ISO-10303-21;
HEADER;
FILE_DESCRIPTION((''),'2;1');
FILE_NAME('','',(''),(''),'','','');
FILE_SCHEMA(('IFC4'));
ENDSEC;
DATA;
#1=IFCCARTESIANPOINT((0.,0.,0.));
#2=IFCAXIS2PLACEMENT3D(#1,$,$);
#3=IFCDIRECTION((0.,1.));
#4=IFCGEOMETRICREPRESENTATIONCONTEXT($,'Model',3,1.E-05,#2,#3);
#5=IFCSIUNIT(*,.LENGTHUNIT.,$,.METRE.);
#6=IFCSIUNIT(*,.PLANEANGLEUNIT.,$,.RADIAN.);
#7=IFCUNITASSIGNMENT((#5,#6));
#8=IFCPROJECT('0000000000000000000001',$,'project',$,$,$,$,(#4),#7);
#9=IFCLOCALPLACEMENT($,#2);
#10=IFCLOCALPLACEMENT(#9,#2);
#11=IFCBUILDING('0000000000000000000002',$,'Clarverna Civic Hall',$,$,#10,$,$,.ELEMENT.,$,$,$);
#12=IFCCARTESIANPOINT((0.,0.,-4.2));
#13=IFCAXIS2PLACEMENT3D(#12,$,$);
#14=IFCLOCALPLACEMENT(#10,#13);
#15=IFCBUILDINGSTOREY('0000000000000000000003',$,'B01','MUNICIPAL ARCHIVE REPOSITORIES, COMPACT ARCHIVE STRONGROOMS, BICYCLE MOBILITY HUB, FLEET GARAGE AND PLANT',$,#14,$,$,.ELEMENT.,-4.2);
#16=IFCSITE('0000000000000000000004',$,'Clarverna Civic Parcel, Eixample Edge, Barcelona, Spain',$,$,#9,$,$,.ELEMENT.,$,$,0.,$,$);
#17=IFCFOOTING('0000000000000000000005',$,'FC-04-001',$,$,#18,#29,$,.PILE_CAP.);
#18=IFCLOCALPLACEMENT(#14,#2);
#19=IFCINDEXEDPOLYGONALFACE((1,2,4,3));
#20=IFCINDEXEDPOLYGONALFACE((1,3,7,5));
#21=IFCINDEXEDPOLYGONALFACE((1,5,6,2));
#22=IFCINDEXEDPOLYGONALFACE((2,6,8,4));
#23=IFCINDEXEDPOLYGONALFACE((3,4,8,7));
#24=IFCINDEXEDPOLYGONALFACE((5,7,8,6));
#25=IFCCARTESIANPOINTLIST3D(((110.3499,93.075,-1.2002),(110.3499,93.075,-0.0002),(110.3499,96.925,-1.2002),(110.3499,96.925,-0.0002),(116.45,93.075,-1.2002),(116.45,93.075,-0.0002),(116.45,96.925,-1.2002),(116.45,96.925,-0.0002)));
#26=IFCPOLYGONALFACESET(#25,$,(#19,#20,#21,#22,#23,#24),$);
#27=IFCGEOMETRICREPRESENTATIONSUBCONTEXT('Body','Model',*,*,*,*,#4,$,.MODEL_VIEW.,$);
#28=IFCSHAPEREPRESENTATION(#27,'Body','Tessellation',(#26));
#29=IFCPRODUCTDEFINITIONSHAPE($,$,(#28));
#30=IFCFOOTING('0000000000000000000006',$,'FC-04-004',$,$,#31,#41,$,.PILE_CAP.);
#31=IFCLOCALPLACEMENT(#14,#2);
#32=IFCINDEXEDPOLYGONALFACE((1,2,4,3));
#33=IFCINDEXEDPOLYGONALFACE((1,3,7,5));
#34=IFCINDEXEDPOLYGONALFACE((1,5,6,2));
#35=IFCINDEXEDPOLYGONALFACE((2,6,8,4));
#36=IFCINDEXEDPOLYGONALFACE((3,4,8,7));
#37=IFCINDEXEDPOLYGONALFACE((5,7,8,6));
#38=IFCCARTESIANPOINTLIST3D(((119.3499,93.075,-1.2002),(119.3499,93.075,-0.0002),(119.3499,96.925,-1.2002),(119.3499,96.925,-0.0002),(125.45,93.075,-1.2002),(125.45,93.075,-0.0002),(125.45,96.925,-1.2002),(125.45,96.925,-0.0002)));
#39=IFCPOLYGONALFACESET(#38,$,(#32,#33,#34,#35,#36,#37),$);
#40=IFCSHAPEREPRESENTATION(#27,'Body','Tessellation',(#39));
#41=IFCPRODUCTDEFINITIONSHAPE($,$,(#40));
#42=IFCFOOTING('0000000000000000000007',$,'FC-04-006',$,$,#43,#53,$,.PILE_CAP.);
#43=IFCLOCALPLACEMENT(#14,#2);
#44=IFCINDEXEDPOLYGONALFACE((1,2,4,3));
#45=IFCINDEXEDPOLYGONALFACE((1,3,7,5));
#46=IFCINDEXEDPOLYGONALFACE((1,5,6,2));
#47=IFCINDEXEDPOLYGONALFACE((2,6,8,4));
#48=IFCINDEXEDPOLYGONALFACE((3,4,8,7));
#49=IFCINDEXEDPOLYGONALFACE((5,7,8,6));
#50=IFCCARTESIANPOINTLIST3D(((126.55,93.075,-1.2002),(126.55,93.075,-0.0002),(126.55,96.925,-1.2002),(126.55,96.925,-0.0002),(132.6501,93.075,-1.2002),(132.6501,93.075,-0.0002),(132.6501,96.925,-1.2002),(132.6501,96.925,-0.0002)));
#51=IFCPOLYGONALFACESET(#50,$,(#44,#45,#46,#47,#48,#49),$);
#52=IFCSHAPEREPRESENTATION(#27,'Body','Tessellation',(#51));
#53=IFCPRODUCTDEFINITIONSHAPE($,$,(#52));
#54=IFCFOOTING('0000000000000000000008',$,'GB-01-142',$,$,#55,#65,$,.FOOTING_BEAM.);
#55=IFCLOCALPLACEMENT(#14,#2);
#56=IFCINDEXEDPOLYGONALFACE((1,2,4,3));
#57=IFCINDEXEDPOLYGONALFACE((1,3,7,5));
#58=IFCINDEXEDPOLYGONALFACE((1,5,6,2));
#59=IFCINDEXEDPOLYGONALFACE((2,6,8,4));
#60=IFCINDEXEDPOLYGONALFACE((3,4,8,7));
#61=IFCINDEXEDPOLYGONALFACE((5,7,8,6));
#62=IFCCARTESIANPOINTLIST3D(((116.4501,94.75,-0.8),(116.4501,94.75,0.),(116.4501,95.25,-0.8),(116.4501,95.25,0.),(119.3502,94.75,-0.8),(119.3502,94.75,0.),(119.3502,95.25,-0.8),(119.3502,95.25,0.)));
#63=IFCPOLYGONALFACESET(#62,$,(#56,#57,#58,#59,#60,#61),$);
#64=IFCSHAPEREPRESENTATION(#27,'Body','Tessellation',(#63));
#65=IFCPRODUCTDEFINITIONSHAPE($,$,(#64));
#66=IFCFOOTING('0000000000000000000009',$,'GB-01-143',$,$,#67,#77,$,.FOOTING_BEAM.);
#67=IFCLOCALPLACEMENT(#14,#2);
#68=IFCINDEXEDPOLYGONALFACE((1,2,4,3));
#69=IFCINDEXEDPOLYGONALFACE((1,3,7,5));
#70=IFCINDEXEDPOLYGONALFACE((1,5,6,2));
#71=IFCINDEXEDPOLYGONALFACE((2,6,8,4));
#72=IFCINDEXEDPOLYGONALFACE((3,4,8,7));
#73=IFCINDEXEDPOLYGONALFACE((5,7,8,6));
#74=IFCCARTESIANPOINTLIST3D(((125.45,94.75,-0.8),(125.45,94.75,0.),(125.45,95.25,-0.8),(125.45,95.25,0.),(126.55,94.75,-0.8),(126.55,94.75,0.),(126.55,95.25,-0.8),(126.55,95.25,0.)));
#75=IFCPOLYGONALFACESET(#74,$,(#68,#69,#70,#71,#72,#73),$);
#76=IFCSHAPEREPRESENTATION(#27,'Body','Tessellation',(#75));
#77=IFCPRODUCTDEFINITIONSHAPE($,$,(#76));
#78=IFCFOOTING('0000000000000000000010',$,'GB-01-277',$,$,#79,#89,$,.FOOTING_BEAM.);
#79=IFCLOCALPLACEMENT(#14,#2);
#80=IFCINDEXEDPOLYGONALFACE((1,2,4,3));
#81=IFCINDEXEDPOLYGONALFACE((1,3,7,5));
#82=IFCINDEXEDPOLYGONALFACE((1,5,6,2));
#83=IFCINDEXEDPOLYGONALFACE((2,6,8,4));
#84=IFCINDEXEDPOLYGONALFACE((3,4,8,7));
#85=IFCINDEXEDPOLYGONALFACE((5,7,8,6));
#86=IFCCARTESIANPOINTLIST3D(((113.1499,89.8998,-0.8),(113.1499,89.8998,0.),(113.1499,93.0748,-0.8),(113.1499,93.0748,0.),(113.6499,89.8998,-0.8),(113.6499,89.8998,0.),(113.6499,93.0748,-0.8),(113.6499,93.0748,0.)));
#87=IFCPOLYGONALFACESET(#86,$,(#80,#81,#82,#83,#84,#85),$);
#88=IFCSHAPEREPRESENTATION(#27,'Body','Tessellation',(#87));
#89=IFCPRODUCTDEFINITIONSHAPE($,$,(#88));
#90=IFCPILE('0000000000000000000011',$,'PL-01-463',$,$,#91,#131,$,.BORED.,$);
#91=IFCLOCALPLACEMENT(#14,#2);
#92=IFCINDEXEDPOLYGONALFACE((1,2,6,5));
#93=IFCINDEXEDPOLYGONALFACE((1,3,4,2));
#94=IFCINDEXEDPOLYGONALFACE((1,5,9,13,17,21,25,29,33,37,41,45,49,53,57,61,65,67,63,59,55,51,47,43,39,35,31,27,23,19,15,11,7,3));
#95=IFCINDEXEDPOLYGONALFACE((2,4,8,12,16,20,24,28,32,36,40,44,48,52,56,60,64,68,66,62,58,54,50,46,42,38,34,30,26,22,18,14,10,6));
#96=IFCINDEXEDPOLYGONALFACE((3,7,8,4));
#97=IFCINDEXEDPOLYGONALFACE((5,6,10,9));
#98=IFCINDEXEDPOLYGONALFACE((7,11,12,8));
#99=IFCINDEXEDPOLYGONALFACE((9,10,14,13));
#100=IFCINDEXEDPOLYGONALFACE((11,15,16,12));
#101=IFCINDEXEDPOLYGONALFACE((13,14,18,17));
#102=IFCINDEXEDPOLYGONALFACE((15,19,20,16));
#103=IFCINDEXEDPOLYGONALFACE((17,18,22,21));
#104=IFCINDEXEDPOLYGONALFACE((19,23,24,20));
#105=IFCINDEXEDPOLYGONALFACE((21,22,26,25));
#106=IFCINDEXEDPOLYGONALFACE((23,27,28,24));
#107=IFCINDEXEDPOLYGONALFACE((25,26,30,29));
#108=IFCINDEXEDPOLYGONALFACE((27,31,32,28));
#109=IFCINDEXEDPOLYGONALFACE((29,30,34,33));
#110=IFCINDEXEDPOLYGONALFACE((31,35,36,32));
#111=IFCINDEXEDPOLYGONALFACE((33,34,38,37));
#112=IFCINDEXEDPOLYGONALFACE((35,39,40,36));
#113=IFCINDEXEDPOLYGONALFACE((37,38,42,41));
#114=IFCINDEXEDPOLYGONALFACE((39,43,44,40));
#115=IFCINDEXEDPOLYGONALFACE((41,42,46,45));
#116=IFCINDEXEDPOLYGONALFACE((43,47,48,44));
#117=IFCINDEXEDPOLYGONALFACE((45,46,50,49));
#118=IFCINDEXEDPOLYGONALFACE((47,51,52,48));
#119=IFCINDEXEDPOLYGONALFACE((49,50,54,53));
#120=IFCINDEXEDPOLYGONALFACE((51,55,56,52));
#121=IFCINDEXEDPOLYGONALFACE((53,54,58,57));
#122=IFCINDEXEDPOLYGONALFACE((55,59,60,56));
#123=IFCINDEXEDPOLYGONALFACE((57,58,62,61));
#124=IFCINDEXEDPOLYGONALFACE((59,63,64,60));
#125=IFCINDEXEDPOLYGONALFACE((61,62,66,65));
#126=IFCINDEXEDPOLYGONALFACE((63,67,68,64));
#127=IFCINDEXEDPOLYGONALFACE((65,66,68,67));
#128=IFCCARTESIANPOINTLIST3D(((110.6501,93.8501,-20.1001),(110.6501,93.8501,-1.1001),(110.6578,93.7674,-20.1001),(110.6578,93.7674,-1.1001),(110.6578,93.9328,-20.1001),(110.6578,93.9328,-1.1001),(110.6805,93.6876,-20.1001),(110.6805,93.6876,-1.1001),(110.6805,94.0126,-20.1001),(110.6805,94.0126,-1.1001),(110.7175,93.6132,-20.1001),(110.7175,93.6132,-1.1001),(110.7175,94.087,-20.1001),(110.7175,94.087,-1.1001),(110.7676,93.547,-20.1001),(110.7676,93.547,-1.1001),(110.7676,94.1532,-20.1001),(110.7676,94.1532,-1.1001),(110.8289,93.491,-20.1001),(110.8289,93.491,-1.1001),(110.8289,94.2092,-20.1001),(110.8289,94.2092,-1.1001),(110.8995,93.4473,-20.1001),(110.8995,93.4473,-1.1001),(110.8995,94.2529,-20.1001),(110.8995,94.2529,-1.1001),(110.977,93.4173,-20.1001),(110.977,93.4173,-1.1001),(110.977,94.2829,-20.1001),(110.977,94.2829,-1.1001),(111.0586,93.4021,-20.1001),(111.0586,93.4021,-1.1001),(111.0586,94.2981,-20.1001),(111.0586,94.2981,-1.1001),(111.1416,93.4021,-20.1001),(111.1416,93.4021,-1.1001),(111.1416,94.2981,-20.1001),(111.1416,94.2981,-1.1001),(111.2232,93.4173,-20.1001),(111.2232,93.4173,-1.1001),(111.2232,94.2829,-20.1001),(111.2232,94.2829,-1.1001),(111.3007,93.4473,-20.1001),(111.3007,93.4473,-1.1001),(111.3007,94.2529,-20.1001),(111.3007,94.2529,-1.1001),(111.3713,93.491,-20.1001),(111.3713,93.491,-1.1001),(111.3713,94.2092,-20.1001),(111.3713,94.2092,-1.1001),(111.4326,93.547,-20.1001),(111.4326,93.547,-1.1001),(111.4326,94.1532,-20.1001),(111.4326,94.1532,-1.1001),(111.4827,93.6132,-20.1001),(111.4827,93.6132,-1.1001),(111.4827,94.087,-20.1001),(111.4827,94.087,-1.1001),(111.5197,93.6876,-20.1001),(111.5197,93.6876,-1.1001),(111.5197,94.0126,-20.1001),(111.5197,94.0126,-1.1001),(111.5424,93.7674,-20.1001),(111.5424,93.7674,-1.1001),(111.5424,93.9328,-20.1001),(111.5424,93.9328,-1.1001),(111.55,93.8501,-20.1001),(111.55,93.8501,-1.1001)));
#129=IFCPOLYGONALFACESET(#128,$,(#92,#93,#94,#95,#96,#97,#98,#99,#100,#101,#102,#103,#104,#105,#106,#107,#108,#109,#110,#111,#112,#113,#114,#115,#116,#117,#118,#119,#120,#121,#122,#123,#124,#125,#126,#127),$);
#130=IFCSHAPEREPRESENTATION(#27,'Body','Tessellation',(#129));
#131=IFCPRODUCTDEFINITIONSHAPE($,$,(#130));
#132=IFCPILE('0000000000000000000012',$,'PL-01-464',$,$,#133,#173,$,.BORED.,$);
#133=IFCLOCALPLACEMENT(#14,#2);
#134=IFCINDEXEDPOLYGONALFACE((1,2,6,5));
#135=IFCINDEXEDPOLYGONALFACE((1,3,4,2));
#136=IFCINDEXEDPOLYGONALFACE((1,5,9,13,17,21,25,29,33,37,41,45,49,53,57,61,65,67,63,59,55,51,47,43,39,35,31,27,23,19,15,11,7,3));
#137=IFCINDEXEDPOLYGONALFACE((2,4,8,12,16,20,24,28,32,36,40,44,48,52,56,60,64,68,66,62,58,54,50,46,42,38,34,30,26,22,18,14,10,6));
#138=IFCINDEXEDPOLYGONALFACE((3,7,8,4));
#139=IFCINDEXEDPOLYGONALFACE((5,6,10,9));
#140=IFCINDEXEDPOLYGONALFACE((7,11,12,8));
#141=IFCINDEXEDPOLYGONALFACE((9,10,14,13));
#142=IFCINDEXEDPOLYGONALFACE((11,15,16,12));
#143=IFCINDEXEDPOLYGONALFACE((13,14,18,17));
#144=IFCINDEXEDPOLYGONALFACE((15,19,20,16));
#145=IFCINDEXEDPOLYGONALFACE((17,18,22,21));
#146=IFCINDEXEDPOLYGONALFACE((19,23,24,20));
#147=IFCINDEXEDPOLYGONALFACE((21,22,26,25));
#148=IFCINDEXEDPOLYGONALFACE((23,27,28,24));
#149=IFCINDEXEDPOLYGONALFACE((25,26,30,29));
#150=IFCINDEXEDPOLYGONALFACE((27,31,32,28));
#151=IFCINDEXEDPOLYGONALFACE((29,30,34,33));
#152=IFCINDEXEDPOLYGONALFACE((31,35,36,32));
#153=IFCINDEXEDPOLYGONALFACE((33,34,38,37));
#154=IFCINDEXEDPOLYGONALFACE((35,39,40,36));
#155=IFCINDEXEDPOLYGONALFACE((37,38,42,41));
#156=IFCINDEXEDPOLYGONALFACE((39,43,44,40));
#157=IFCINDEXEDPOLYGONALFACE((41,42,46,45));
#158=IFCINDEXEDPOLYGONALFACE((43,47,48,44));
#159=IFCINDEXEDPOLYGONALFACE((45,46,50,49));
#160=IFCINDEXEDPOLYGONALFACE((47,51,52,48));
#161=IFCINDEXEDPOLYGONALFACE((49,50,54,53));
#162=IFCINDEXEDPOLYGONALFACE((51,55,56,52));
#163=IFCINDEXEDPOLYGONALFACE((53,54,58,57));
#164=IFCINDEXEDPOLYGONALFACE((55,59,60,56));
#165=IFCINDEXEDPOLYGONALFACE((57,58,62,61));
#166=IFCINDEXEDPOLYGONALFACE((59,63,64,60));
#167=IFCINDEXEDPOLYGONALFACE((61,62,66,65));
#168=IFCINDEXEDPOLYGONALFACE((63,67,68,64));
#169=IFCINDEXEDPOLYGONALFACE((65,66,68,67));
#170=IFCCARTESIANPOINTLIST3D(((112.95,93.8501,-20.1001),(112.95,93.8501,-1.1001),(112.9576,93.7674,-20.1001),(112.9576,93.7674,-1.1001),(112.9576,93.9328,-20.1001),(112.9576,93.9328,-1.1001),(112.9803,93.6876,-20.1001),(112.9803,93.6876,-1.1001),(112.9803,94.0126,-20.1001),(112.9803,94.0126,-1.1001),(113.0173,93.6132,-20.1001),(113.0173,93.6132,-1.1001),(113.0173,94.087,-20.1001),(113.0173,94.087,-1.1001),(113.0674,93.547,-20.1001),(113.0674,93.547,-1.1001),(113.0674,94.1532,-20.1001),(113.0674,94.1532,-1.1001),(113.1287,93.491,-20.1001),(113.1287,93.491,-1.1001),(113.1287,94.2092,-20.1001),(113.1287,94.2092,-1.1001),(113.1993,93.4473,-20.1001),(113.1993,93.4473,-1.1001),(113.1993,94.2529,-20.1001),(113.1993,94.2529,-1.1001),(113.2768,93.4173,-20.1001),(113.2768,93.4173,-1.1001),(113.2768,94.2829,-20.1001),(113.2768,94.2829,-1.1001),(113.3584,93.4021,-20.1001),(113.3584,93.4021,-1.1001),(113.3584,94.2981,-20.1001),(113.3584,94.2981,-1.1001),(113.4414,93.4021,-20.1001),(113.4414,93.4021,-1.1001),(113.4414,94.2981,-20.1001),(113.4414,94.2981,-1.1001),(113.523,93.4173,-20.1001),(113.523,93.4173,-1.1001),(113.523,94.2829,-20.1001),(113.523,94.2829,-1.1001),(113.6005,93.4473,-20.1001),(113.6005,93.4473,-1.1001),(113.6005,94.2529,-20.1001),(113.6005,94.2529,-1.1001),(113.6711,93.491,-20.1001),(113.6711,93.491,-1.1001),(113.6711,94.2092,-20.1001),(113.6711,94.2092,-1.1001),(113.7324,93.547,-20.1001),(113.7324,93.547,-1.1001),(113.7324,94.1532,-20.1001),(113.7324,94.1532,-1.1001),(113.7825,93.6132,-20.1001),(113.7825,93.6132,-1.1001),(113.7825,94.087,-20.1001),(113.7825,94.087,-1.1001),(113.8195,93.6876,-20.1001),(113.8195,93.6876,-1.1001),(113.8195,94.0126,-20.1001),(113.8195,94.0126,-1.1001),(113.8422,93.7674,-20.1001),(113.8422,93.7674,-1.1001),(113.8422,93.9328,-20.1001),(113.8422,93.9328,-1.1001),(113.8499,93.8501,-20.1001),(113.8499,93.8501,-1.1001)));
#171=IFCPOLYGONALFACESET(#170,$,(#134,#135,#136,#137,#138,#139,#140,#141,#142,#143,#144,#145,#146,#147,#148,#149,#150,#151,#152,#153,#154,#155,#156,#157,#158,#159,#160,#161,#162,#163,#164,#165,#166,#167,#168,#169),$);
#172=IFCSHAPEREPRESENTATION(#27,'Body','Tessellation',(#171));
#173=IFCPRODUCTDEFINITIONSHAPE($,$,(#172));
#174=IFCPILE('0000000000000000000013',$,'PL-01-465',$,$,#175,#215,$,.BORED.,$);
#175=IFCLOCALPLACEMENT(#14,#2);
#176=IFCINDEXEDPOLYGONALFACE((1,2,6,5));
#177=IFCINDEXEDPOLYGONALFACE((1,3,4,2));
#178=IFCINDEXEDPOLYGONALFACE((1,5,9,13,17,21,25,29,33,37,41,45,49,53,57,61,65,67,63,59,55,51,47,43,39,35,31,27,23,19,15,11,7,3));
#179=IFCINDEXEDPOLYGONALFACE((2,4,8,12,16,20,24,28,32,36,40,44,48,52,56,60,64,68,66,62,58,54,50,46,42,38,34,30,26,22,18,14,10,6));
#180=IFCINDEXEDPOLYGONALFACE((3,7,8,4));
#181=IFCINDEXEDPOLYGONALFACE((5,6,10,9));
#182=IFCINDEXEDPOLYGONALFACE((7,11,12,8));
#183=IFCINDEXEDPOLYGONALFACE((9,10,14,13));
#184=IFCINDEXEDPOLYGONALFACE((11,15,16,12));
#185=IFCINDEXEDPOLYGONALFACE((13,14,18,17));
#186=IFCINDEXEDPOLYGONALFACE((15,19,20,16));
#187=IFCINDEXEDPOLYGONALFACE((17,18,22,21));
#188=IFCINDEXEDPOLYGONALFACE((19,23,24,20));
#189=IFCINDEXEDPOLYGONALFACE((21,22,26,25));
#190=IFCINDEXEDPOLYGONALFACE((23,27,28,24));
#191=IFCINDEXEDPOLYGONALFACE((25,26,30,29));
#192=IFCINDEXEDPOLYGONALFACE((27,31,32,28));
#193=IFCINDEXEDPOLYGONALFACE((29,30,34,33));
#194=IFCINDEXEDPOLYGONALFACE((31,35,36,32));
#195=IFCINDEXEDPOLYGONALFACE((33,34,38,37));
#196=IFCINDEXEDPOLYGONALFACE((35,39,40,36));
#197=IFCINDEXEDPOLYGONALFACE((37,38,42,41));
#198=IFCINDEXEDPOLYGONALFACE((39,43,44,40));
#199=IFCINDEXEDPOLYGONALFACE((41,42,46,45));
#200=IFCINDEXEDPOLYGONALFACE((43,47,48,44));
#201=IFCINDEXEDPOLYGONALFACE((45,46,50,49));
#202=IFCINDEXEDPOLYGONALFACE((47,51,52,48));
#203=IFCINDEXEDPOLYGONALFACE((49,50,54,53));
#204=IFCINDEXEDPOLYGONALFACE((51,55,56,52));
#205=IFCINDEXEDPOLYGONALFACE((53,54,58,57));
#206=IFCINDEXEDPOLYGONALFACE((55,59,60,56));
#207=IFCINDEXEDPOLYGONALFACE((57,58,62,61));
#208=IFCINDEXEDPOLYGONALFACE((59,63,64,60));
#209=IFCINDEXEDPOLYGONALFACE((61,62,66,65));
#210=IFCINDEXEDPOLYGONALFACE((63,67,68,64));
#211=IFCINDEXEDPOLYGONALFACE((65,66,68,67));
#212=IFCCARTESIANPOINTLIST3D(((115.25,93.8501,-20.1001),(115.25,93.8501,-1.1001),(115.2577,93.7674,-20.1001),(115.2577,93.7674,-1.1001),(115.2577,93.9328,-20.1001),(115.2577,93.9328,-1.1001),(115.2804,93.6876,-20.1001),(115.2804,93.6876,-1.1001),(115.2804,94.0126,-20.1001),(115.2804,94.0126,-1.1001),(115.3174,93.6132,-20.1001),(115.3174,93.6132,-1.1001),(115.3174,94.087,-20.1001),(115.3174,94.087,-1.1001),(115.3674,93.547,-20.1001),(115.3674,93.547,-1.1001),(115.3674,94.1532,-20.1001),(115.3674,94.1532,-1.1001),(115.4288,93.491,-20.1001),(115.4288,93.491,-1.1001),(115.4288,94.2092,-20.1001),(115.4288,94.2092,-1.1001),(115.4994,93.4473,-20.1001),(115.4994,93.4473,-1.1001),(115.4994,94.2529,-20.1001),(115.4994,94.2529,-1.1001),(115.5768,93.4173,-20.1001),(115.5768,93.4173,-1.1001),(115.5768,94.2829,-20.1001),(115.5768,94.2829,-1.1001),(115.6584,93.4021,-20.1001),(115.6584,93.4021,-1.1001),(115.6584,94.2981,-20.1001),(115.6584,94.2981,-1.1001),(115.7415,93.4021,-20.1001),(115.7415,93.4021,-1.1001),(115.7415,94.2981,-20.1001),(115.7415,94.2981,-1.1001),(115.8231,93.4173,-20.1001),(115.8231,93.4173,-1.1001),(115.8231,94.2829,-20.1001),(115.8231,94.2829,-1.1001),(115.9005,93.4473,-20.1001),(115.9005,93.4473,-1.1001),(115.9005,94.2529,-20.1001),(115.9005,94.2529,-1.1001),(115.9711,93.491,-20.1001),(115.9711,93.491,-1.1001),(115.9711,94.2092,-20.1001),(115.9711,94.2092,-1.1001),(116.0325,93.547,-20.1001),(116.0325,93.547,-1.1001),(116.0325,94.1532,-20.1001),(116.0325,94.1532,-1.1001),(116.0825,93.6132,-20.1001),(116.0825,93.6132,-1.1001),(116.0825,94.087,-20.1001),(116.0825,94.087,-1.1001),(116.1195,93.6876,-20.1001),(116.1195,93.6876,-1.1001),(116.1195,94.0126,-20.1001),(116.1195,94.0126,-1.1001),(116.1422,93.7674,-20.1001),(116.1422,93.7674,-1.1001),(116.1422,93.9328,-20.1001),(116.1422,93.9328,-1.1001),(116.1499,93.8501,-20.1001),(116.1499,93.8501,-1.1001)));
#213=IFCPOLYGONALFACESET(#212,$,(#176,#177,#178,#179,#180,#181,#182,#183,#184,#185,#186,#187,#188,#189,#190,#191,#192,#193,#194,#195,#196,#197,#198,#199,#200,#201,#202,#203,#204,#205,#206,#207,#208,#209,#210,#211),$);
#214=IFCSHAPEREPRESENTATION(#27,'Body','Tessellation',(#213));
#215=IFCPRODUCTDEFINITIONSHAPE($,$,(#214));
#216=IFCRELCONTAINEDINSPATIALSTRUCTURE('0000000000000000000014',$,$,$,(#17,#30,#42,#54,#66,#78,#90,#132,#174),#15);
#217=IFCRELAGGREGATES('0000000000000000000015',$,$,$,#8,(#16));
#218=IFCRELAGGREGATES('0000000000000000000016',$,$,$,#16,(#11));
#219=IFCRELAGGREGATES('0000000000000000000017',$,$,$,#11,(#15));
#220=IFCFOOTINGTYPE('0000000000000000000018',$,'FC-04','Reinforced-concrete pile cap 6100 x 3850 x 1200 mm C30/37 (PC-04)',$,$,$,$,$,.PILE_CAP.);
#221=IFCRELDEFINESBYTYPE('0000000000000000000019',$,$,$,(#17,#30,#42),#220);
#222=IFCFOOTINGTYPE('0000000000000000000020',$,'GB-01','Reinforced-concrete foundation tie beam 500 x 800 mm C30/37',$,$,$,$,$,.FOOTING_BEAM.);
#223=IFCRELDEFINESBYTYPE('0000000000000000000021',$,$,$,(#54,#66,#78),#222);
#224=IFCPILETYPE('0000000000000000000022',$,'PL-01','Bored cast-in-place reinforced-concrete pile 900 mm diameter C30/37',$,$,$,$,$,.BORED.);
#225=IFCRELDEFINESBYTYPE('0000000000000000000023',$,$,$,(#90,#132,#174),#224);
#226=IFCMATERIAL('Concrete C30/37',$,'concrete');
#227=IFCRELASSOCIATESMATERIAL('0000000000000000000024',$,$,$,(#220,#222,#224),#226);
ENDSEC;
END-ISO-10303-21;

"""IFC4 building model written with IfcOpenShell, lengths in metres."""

from ifc_helpers import new_model, si_unit, direction, frame, frame_2d, origin, origin_2d, place, context, subcontext, project, spatial, rectangle, circle, extrude, material, material_profile, profile_set, type_object, element, save


model = new_model("IFC4")

# Units and contexts
model_context = context("Model", 3, precision=1e-05, world=origin(), true_north=direction((0.0, 1.0)))
body_context = subcontext(model_context, "Body", "Model", "MODEL_VIEW")
ifc_project = project(units=[si_unit("LENGTHUNIT", "METRE"), si_unit("PLANEANGLEUNIT", "RADIAN")], contexts=[model_context])

# Site, building, storey
site_placement = place(None, origin())
site = spatial("IfcSite", under=ifc_project, at=site_placement, Name="Clarverna Civic Parcel, Eixample Edge, Barcelona, Spain", CompositionType="ELEMENT", RefElevation=0.0)
building_placement = place(site_placement, origin())
building = spatial("IfcBuilding", under=site, at=building_placement, Name="Clarverna Civic Hall", CompositionType="ELEMENT")
storey_placement = place(building_placement, frame((0.0, 0.0, -4.2)))
storey = spatial("IfcBuildingStorey", under=building, at=storey_placement, Name="B01", Description="MUNICIPAL ARCHIVE REPOSITORIES, COMPACT ARCHIVE STRONGROOMS, BICYCLE MOBILITY HUB, FLEET GARAGE AND PLANT", CompositionType="ELEMENT", Elevation=-4.2)

# Footings
ifc_material_1 = material(Name="Concrete C30/37", Category="concrete")
footing_type_1 = type_object("IfcFootingType", Name="FC-04", Description="Reinforced-concrete pile cap 6100 x 3850 x 1200 mm C30/37 (PC-04)", PredefinedType="PILE_CAP", material=ifc_material_1)
for number, where, z_axis, x_axis, name in (
    (1, (113.3999, 95.0, -1.2002), (0.0, 0.0, 1.0), (1.0, 0.0, 0.0), "FC-04-001"),
    (2, (122.3999, 95.0, -1.2002), (0.0, 0.0, 1.0), (1.0, 0.0, 0.0), "FC-04-004"),
    (3, (129.6001, 95.0, -1.2002), (0.0, 0.0, 1.0), (1.0, 0.0, 0.0), "FC-04-006"),
):
    element("IfcFooting", number, at=place(storey_placement, frame(where, z_axis=z_axis, x_axis=x_axis)), inside=storey, type_object=footing_type_1, Name=name, PredefinedType="PILE_CAP", context=body_context, shape_type="SweptSolid", body=[
        extrude(rectangle(XDim=6.1001, YDim=3.8501, at=origin_2d()), origin(), (0.0, 0.0, 1.0), 1.2),
    ])
footing_type_2 = type_object("IfcFootingType", Name="GB-01", Description="Reinforced-concrete foundation tie beam 500 x 800 mm C30/37", PredefinedType="FOOTING_BEAM", material=ifc_material_1)
footing_1_placement = place(storey_placement, frame((116.45, 95.0, -0.8), z_axis=(0.0, 0.0, 1.0), x_axis=(1.0, 0.0, 0.0)))
element("IfcFooting", 4, at=footing_1_placement, inside=storey, type_object=footing_type_2, Name="GB-01-142", PredefinedType="FOOTING_BEAM", context=body_context, shape_type="SweptSolid", body=[
    extrude(rectangle(XDim=2.9001, YDim=0.5, at=frame_2d((1.4502, 0.0))), origin(), (0.0, 0.0, 1.0), 0.8),
])
footing_2_placement = place(storey_placement, frame((125.45, 95.0, -0.8), z_axis=(0.0, 0.0, 1.0), x_axis=(1.0, 0.0, 0.0)))
element("IfcFooting", 5, at=footing_2_placement, inside=storey, type_object=footing_type_2, Name="GB-01-143", PredefinedType="FOOTING_BEAM", context=body_context, shape_type="SweptSolid", body=[
    extrude(rectangle(XDim=1.1001, YDim=0.5, at=frame_2d((0.55, 0.0))), origin(), (0.0, 0.0, 1.0), 0.8),
])
footing_3_placement = place(storey_placement, frame((113.3999, 89.8999, -0.8), z_axis=(0.0, 0.0, 1.0), x_axis=(0.0, 1.0, 0.0)))
element("IfcFooting", 6, at=footing_3_placement, inside=storey, type_object=footing_type_2, Name="GB-01-277", PredefinedType="FOOTING_BEAM", context=body_context, shape_type="SweptSolid", body=[
    extrude(rectangle(XDim=3.175, YDim=0.5, at=frame_2d((1.5874, 0.0))), origin(), (0.0, 0.0, 1.0), 0.8),
])

# Piles
ifc_material_profile_1 = material_profile(ifc_material_1, circle(Radius=0.45, at=origin_2d()), Name="BORED PILE D900")
ifc_profile_set_1 = profile_set([ifc_material_profile_1], Name="Concrete C30/37")
pile_type_1 = type_object("IfcPileType", Name="PL-01", Description="Bored cast-in-place reinforced-concrete pile 900 mm diameter C30/37", PredefinedType="BORED", material=ifc_profile_set_1)
for number, where, z_axis, x_axis, name in (
    (7, (111.1001, 93.8501, -1.1001), (0.0, 0.0, -1.0), (1.0, 0.0, 0.0), "PL-01-463"),
    (8, (113.3999, 93.8501, -1.1001), (0.0, 0.0, -1.0), (1.0, 0.0, 0.0), "PL-01-464"),
    (9, (115.7, 93.8501, -1.1001), (0.0, 0.0, -1.0), (1.0, 0.0, 0.0), "PL-01-465"),
):
    element("IfcPile", number, at=place(storey_placement, frame(where, z_axis=z_axis, x_axis=x_axis)), inside=storey, type_object=pile_type_1, Name=name, PredefinedType="BORED", context=body_context, shape_type="SweptSolid", body=[
        extrude(circle(Radius=0.45, at=origin_2d()), origin(), (0.0, 0.0, 1.0), 19.0),
    ])

save(model, "model.ifc")
